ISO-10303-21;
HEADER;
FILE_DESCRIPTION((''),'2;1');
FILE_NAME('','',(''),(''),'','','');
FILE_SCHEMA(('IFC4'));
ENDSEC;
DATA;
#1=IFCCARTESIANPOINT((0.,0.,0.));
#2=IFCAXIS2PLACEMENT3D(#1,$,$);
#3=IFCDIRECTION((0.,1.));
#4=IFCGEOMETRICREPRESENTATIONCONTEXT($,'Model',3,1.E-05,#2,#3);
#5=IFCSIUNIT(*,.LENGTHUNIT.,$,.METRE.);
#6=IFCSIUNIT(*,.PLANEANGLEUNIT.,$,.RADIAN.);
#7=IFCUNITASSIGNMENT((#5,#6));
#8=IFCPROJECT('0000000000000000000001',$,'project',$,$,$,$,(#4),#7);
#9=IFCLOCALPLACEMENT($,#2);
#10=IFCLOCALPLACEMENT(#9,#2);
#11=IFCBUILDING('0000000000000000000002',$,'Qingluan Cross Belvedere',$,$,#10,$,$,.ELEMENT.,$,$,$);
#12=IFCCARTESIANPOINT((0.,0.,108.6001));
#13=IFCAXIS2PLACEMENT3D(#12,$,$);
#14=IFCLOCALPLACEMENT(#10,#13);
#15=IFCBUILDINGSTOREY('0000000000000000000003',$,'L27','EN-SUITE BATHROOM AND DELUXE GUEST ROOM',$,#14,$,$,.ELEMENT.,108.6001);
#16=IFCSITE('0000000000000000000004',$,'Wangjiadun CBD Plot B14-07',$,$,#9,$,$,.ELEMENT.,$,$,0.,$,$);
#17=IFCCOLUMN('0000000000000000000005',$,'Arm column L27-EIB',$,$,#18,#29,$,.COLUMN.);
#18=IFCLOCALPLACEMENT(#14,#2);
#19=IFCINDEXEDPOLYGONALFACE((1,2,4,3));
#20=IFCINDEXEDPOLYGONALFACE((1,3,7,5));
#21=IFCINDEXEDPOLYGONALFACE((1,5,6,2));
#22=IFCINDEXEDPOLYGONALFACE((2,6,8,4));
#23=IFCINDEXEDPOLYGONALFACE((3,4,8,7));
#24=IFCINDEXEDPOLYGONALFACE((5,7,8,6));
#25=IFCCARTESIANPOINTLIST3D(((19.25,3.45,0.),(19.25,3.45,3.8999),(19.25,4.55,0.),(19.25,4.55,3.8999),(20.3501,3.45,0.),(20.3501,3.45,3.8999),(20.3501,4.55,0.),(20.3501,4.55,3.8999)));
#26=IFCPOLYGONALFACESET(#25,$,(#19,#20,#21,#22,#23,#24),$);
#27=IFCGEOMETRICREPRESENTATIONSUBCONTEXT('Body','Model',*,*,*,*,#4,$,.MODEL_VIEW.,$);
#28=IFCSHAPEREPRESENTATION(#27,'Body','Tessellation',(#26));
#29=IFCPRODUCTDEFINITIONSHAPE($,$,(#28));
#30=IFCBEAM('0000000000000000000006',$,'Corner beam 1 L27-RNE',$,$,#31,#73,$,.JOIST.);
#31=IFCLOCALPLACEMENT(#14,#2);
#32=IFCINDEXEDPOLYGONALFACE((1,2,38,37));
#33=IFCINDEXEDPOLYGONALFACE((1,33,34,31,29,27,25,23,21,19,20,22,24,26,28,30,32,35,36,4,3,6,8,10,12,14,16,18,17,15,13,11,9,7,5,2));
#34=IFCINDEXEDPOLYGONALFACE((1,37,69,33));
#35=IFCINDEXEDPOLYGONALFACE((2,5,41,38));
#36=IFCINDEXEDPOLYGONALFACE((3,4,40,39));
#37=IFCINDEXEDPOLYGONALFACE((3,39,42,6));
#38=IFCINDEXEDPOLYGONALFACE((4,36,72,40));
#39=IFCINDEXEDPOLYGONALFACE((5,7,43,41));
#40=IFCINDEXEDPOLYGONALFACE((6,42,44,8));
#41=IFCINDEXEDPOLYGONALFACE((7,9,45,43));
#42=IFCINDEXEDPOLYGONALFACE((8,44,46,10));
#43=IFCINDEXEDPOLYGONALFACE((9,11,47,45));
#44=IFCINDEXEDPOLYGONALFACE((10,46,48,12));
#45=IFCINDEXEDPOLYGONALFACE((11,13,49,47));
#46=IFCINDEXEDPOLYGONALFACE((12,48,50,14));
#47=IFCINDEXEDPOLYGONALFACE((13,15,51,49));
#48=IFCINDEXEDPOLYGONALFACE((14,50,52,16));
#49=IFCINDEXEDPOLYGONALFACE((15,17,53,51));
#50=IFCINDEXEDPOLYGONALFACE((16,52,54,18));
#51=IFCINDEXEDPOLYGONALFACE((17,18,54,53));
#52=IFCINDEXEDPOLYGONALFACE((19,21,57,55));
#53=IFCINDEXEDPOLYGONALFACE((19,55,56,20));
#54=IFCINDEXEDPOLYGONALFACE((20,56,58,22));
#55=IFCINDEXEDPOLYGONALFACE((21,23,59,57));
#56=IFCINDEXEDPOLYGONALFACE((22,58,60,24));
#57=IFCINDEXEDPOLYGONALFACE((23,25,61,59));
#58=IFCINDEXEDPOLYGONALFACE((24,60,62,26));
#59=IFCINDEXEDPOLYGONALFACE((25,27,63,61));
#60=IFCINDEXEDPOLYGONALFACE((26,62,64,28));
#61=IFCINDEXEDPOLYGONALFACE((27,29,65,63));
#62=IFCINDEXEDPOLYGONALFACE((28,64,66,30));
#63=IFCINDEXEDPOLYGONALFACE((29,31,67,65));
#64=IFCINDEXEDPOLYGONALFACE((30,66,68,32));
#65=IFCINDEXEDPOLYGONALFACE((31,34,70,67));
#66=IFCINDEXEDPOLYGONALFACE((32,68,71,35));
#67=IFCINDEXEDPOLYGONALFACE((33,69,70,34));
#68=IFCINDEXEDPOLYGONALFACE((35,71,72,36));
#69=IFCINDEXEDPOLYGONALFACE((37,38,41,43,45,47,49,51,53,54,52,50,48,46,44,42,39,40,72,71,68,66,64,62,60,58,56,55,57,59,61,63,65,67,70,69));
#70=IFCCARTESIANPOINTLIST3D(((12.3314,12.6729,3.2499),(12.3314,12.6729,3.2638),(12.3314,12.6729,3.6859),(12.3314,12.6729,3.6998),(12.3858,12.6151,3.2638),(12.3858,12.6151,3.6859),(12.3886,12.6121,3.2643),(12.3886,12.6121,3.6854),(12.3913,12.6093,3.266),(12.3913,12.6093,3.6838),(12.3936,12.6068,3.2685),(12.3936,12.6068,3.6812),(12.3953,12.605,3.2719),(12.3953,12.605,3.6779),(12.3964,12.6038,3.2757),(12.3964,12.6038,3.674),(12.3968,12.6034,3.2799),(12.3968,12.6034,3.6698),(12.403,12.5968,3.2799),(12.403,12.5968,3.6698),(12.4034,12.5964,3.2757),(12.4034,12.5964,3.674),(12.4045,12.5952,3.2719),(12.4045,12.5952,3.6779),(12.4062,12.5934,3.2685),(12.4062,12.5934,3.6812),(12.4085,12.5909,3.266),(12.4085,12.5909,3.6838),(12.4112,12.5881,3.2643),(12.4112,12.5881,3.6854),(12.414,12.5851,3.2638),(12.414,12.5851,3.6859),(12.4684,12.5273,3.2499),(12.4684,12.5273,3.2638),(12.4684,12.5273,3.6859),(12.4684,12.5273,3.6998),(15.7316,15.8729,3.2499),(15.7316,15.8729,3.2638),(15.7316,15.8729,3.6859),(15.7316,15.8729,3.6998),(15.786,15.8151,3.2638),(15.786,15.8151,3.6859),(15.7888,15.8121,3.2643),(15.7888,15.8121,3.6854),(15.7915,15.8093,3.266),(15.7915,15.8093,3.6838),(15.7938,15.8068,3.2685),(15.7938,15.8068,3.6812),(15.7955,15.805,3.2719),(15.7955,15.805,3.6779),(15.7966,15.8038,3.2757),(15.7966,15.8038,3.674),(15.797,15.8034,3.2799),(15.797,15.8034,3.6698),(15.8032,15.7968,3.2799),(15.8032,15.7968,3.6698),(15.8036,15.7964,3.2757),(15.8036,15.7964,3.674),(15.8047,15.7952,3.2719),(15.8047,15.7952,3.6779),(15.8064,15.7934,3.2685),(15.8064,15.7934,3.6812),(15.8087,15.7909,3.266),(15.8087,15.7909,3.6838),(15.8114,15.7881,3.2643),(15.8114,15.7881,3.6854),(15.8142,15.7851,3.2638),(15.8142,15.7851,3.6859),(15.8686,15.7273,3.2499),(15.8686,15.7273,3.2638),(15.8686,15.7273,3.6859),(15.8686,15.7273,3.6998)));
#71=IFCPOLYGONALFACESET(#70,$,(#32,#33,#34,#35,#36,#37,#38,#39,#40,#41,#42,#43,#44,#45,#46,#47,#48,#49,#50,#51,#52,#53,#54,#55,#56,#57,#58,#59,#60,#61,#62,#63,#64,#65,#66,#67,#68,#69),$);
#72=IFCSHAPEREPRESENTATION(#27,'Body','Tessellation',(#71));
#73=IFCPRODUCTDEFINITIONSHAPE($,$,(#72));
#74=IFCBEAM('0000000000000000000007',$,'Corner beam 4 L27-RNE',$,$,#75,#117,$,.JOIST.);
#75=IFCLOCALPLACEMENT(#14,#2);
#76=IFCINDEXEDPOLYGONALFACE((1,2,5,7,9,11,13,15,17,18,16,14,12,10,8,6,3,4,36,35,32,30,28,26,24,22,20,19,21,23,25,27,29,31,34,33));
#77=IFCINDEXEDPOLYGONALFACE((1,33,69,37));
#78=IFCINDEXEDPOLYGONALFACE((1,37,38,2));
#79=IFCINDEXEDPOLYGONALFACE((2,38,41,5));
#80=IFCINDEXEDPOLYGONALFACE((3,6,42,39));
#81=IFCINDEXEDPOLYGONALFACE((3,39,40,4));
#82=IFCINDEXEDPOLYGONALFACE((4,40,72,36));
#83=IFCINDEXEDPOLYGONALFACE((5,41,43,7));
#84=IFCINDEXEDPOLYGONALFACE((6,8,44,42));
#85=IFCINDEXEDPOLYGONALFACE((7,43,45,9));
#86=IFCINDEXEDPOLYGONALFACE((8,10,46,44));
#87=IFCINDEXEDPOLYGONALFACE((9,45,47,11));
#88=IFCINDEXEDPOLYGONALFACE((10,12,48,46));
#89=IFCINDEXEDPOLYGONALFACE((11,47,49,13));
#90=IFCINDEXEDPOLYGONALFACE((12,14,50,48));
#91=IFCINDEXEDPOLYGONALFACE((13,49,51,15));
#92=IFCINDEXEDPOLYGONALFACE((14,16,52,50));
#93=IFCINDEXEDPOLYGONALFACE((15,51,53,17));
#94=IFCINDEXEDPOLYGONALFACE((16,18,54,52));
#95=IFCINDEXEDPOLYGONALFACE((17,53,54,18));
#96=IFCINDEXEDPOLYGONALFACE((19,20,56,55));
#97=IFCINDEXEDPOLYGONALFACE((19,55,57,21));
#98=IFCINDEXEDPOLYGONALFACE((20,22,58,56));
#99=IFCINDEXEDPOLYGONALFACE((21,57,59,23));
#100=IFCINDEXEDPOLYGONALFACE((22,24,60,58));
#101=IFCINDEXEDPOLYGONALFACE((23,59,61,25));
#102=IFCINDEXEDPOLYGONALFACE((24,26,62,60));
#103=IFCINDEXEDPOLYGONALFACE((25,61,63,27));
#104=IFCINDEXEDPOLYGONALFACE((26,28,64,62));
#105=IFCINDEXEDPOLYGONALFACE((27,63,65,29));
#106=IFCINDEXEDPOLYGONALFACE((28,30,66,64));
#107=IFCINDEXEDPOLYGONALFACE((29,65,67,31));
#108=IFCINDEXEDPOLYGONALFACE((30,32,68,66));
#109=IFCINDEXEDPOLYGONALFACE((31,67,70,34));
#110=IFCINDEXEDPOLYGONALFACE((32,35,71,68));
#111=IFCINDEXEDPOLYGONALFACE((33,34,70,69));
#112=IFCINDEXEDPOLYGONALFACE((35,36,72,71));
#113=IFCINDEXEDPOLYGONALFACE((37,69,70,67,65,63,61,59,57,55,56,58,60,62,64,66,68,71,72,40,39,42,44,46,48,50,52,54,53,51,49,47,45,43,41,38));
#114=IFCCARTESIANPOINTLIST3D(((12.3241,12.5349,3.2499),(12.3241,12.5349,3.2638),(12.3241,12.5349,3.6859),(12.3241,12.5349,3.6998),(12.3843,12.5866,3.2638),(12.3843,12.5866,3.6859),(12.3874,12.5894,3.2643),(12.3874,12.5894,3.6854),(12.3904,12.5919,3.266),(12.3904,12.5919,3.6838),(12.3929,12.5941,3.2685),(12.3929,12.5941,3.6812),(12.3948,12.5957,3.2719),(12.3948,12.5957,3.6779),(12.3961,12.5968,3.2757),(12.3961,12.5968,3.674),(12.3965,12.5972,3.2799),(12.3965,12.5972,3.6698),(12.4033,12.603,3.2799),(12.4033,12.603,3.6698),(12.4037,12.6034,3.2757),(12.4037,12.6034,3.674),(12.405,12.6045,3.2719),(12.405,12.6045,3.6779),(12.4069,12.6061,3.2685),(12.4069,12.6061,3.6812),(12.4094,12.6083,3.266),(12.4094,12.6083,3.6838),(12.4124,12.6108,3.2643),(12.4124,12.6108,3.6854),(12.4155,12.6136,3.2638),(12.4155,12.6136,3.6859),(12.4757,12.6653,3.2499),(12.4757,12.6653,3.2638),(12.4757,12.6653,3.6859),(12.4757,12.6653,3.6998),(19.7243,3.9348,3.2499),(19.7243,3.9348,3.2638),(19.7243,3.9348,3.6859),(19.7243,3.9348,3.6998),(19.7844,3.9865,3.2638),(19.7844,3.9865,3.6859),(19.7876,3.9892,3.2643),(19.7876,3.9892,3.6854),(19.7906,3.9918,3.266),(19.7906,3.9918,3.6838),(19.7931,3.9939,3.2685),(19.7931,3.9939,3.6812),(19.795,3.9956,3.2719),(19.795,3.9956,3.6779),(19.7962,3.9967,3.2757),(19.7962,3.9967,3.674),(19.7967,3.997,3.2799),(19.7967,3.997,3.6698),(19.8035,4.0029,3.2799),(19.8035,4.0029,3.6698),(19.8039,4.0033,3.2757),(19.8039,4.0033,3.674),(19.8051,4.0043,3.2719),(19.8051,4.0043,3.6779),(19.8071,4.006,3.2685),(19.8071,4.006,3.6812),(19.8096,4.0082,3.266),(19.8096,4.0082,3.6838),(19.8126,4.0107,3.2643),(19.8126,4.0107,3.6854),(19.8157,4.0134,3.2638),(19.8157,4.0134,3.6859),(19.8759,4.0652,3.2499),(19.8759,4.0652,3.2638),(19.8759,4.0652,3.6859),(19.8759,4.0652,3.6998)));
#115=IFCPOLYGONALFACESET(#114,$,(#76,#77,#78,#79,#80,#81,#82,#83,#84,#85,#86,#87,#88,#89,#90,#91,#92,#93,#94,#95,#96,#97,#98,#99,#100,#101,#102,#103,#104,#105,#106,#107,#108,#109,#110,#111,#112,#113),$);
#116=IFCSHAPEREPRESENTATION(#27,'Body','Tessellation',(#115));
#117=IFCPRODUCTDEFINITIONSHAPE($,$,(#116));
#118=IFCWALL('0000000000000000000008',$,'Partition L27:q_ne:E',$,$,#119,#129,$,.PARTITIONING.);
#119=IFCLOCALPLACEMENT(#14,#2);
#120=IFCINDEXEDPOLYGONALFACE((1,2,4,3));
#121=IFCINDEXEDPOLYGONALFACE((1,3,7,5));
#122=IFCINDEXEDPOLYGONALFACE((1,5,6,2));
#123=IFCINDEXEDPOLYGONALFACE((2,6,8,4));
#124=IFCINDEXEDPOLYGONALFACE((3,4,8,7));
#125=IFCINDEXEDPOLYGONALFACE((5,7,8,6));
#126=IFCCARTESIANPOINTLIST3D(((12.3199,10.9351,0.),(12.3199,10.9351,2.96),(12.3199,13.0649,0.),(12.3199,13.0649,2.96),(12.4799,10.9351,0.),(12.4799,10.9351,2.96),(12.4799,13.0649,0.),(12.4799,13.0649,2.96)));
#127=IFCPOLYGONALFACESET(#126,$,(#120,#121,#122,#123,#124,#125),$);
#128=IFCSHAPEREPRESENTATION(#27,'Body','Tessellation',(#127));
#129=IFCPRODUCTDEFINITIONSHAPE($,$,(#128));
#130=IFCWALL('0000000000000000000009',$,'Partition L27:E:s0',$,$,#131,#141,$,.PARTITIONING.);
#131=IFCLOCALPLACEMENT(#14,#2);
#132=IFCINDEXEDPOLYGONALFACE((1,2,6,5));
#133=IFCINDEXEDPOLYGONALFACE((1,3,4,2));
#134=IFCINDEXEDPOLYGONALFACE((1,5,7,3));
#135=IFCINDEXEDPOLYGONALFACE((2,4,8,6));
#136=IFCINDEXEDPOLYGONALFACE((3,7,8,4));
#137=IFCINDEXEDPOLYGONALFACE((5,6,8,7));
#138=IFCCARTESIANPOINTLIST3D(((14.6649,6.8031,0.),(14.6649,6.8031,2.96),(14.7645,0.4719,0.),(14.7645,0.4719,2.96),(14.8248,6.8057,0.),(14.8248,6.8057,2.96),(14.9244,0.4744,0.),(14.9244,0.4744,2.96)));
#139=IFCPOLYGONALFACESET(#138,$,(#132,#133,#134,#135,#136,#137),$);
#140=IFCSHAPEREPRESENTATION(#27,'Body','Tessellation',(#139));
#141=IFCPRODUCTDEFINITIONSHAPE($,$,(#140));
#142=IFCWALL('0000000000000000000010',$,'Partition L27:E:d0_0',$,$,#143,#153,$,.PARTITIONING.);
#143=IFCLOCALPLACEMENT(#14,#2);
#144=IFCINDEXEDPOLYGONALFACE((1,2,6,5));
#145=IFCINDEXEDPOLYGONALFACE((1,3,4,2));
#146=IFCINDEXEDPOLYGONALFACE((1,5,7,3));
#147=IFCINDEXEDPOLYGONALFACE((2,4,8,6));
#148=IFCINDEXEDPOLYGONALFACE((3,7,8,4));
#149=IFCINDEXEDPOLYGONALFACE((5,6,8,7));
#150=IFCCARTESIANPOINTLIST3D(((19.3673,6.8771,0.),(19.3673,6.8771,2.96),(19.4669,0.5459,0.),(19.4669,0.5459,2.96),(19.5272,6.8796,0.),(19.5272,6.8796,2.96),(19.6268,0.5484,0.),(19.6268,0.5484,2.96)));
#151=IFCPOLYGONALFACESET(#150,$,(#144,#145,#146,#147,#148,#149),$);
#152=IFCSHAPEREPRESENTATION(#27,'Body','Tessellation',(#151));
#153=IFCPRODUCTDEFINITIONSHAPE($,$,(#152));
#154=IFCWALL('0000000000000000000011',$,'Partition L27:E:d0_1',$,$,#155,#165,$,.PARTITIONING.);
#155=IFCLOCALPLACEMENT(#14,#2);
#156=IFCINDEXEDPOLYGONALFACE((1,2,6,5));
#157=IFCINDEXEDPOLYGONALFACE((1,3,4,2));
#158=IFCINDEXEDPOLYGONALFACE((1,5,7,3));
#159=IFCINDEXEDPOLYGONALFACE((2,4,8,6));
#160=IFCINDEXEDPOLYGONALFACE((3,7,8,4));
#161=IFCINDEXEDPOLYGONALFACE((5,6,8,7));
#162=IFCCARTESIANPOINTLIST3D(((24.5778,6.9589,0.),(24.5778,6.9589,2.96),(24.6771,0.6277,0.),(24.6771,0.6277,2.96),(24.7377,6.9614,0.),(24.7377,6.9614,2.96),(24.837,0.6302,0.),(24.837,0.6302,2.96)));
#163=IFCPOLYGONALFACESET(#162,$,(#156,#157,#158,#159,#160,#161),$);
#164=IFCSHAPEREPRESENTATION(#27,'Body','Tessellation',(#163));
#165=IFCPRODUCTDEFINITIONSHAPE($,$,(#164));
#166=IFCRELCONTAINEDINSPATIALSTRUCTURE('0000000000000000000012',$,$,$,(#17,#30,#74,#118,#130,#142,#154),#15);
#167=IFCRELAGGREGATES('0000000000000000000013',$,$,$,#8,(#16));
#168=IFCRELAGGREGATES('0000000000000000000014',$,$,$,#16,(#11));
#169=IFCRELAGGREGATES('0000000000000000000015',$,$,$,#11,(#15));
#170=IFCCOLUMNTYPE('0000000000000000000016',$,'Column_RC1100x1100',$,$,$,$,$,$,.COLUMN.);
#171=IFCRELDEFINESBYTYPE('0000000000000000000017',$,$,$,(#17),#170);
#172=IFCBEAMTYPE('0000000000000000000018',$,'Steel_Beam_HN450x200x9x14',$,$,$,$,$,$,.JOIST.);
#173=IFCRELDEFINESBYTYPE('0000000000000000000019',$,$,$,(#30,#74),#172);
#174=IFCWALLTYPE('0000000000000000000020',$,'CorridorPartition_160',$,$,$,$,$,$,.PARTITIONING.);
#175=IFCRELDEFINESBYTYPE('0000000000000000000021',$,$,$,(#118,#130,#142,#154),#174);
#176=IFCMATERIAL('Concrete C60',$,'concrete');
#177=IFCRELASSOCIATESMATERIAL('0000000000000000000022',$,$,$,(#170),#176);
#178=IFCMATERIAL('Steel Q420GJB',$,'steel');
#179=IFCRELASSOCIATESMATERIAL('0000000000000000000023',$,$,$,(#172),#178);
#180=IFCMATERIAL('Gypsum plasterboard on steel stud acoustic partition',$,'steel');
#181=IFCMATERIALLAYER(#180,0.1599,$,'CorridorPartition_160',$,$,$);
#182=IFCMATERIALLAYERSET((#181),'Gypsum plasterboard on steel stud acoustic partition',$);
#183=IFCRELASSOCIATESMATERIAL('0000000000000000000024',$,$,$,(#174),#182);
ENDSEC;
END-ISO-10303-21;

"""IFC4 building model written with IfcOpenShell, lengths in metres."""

from ifc_helpers import new_model, si_unit, direction, frame, frame_2d, origin, origin_2d, place, context, subcontext, project, spatial, rectangle, i_section, extrude, material, layer, layer_set, material_profile, profile_set, type_object, element, save


model = new_model("IFC4")

# Units and contexts
model_context = context("Model", 3, precision=1e-05, world=origin(), true_north=direction((0.0, 1.0)))
body_context = subcontext(model_context, "Body", "Model", "MODEL_VIEW")
ifc_project = project(units=[si_unit("LENGTHUNIT", "METRE"), si_unit("PLANEANGLEUNIT", "RADIAN")], contexts=[model_context])

# Site, building, storey
site_placement = place(None, origin())
site = spatial("IfcSite", under=ifc_project, at=site_placement, Name="Wangjiadun CBD Plot B14-07", CompositionType="ELEMENT", RefElevation=0.0)
building_placement = place(site_placement, origin())
building = spatial("IfcBuilding", under=site, at=building_placement, Name="Qingluan Cross Belvedere", CompositionType="ELEMENT")
storey_placement = place(building_placement, frame((0.0, 0.0, 108.6001)))
storey = spatial("IfcBuildingStorey", under=building, at=storey_placement, Name="L27", Description="EN-SUITE BATHROOM AND DELUXE GUEST ROOM", CompositionType="ELEMENT", Elevation=108.6001)

# Column
ifc_material_1 = material(Name="Concrete C60", Category="concrete")
ifc_material_profile_1 = material_profile(ifc_material_1, rectangle(XDim=1.1001, YDim=1.1001, at=origin_2d()), Name="RC1100x1100")
ifc_profile_set_1 = profile_set([ifc_material_profile_1], Name="Concrete C60")
column_type = type_object("IfcColumnType", Name="Column_RC1100x1100", PredefinedType="COLUMN", material=ifc_profile_set_1)
column_placement = place(storey_placement, frame((19.8, 4.0, 0.0), z_axis=(0.0, 0.0, 1.0), x_axis=(1.0, 0.0, 0.0)))
element("IfcColumn", 1, at=column_placement, inside=storey, type_object=column_type, Name="Arm column L27-EIB", PredefinedType="COLUMN", context=body_context, shape_type="SweptSolid", body=[
    extrude(rectangle(XDim=1.1001, YDim=1.1001, at=origin_2d()), origin(), (0.0, 0.0, 1.0), 3.8999),
])

# Beams
ifc_material_2 = material(Name="Steel Q420GJB", Category="steel")
ifc_material_profile_2 = material_profile(ifc_material_2, i_section(OverallWidth=0.2, OverallDepth=0.45, WebThickness=0.009, FlangeThickness=0.0139, FilletRadius=0.0161, at=origin_2d()), Name="HN450x200x9x14")
ifc_profile_set_2 = profile_set([ifc_material_profile_2], Name="Steel Q420GJB")
beam_type = type_object("IfcBeamType", Name="Steel_Beam_HN450x200x9x14", PredefinedType="JOIST", material=ifc_profile_set_2)
beam_1_placement = place(storey_placement, frame((12.3999, 12.6001, 3.4749), z_axis=(0.72822, 0.685343, 0.0), x_axis=(-0.685343, 0.72822, 0.0)))
element("IfcBeam", 2, at=beam_1_placement, inside=storey, type_object=beam_type, Name="Corner beam 1 L27-RNE", PredefinedType="JOIST", context=body_context, shape_type="SweptSolid", body=[
    extrude(i_section(OverallWidth=0.2, OverallDepth=0.45, WebThickness=0.009, FlangeThickness=0.0139, FilletRadius=0.0161, at=origin_2d()), origin(), (0.0, 0.0, 1.0), 4.6692),
])
beam_2_placement = place(storey_placement, frame((12.3999, 12.6001, 3.4749), z_axis=(0.652245, -0.758008, 0.0), x_axis=(0.758008, 0.652245, 0.0)))
element("IfcBeam", 3, at=beam_2_placement, inside=storey, type_object=beam_type, Name="Corner beam 4 L27-RNE", PredefinedType="JOIST", context=body_context, shape_type="SweptSolid", body=[
    extrude(i_section(OverallWidth=0.2, OverallDepth=0.45, WebThickness=0.009, FlangeThickness=0.0139, FilletRadius=0.0161, at=origin_2d()), origin(), (0.0, 0.0, 1.0), 11.3457),
])

# Wall
ifc_material_3 = material(Name="Gypsum plasterboard on steel stud acoustic partition", Category="steel")
ifc_layer_1 = layer(ifc_material_3, 0.1599, Name="CorridorPartition_160")
ifc_layer_set_1 = layer_set([ifc_layer_1], Name="Gypsum plasterboard on steel stud acoustic partition")
wall_type_1 = type_object("IfcWallType", Name="CorridorPartition_160", PredefinedType="PARTITIONING", material=ifc_layer_set_1)
wall_1_placement = place(storey_placement, frame((12.3999, 10.9351, 0.0), z_axis=(0.0, 0.0, 1.0), x_axis=(0.0, 1.0, 0.0)))
element("IfcWall", 4, at=wall_1_placement, inside=storey, type_object=wall_type_1, Name="Partition L27:q_ne:E", PredefinedType="PARTITIONING", context=body_context, shape_type="SweptSolid", body=[
    extrude(rectangle(XDim=2.1299, YDim=0.1599, at=frame_2d((1.0649, 0.0))), origin(), (0.0, 0.0, 1.0), 2.96),
])

# Walls
for number, where, z_axis, x_axis, name in (
    (5, (14.8445, 0.4731, 0.0), (0.0, 0.0, 1.0), (-0.015731, 0.999876, 0.0), "Partition L27:E:s0"),
    (6, (19.5469, 0.5471, 0.0), (0.0, 0.0, 1.0), (-0.015731, 0.999876, 0.0), "Partition L27:E:d0_0"),
    (7, (24.7571, 0.6289, 0.0), (0.0, 0.0, 1.0), (-0.015692, 0.999877, 0.0), "Partition L27:E:d0_1"),
):
    element("IfcWall", number, at=place(storey_placement, frame(where, z_axis=z_axis, x_axis=x_axis)), inside=storey, type_object=wall_type_1, Name=name, PredefinedType="PARTITIONING", context=body_context, shape_type="SweptSolid", body=[
        extrude(rectangle(XDim=6.332, YDim=0.1599, at=frame_2d((3.166, 0.0))), origin(), (0.0, 0.0, 1.0), 2.96),
    ])

save(model, "model.ifc")
